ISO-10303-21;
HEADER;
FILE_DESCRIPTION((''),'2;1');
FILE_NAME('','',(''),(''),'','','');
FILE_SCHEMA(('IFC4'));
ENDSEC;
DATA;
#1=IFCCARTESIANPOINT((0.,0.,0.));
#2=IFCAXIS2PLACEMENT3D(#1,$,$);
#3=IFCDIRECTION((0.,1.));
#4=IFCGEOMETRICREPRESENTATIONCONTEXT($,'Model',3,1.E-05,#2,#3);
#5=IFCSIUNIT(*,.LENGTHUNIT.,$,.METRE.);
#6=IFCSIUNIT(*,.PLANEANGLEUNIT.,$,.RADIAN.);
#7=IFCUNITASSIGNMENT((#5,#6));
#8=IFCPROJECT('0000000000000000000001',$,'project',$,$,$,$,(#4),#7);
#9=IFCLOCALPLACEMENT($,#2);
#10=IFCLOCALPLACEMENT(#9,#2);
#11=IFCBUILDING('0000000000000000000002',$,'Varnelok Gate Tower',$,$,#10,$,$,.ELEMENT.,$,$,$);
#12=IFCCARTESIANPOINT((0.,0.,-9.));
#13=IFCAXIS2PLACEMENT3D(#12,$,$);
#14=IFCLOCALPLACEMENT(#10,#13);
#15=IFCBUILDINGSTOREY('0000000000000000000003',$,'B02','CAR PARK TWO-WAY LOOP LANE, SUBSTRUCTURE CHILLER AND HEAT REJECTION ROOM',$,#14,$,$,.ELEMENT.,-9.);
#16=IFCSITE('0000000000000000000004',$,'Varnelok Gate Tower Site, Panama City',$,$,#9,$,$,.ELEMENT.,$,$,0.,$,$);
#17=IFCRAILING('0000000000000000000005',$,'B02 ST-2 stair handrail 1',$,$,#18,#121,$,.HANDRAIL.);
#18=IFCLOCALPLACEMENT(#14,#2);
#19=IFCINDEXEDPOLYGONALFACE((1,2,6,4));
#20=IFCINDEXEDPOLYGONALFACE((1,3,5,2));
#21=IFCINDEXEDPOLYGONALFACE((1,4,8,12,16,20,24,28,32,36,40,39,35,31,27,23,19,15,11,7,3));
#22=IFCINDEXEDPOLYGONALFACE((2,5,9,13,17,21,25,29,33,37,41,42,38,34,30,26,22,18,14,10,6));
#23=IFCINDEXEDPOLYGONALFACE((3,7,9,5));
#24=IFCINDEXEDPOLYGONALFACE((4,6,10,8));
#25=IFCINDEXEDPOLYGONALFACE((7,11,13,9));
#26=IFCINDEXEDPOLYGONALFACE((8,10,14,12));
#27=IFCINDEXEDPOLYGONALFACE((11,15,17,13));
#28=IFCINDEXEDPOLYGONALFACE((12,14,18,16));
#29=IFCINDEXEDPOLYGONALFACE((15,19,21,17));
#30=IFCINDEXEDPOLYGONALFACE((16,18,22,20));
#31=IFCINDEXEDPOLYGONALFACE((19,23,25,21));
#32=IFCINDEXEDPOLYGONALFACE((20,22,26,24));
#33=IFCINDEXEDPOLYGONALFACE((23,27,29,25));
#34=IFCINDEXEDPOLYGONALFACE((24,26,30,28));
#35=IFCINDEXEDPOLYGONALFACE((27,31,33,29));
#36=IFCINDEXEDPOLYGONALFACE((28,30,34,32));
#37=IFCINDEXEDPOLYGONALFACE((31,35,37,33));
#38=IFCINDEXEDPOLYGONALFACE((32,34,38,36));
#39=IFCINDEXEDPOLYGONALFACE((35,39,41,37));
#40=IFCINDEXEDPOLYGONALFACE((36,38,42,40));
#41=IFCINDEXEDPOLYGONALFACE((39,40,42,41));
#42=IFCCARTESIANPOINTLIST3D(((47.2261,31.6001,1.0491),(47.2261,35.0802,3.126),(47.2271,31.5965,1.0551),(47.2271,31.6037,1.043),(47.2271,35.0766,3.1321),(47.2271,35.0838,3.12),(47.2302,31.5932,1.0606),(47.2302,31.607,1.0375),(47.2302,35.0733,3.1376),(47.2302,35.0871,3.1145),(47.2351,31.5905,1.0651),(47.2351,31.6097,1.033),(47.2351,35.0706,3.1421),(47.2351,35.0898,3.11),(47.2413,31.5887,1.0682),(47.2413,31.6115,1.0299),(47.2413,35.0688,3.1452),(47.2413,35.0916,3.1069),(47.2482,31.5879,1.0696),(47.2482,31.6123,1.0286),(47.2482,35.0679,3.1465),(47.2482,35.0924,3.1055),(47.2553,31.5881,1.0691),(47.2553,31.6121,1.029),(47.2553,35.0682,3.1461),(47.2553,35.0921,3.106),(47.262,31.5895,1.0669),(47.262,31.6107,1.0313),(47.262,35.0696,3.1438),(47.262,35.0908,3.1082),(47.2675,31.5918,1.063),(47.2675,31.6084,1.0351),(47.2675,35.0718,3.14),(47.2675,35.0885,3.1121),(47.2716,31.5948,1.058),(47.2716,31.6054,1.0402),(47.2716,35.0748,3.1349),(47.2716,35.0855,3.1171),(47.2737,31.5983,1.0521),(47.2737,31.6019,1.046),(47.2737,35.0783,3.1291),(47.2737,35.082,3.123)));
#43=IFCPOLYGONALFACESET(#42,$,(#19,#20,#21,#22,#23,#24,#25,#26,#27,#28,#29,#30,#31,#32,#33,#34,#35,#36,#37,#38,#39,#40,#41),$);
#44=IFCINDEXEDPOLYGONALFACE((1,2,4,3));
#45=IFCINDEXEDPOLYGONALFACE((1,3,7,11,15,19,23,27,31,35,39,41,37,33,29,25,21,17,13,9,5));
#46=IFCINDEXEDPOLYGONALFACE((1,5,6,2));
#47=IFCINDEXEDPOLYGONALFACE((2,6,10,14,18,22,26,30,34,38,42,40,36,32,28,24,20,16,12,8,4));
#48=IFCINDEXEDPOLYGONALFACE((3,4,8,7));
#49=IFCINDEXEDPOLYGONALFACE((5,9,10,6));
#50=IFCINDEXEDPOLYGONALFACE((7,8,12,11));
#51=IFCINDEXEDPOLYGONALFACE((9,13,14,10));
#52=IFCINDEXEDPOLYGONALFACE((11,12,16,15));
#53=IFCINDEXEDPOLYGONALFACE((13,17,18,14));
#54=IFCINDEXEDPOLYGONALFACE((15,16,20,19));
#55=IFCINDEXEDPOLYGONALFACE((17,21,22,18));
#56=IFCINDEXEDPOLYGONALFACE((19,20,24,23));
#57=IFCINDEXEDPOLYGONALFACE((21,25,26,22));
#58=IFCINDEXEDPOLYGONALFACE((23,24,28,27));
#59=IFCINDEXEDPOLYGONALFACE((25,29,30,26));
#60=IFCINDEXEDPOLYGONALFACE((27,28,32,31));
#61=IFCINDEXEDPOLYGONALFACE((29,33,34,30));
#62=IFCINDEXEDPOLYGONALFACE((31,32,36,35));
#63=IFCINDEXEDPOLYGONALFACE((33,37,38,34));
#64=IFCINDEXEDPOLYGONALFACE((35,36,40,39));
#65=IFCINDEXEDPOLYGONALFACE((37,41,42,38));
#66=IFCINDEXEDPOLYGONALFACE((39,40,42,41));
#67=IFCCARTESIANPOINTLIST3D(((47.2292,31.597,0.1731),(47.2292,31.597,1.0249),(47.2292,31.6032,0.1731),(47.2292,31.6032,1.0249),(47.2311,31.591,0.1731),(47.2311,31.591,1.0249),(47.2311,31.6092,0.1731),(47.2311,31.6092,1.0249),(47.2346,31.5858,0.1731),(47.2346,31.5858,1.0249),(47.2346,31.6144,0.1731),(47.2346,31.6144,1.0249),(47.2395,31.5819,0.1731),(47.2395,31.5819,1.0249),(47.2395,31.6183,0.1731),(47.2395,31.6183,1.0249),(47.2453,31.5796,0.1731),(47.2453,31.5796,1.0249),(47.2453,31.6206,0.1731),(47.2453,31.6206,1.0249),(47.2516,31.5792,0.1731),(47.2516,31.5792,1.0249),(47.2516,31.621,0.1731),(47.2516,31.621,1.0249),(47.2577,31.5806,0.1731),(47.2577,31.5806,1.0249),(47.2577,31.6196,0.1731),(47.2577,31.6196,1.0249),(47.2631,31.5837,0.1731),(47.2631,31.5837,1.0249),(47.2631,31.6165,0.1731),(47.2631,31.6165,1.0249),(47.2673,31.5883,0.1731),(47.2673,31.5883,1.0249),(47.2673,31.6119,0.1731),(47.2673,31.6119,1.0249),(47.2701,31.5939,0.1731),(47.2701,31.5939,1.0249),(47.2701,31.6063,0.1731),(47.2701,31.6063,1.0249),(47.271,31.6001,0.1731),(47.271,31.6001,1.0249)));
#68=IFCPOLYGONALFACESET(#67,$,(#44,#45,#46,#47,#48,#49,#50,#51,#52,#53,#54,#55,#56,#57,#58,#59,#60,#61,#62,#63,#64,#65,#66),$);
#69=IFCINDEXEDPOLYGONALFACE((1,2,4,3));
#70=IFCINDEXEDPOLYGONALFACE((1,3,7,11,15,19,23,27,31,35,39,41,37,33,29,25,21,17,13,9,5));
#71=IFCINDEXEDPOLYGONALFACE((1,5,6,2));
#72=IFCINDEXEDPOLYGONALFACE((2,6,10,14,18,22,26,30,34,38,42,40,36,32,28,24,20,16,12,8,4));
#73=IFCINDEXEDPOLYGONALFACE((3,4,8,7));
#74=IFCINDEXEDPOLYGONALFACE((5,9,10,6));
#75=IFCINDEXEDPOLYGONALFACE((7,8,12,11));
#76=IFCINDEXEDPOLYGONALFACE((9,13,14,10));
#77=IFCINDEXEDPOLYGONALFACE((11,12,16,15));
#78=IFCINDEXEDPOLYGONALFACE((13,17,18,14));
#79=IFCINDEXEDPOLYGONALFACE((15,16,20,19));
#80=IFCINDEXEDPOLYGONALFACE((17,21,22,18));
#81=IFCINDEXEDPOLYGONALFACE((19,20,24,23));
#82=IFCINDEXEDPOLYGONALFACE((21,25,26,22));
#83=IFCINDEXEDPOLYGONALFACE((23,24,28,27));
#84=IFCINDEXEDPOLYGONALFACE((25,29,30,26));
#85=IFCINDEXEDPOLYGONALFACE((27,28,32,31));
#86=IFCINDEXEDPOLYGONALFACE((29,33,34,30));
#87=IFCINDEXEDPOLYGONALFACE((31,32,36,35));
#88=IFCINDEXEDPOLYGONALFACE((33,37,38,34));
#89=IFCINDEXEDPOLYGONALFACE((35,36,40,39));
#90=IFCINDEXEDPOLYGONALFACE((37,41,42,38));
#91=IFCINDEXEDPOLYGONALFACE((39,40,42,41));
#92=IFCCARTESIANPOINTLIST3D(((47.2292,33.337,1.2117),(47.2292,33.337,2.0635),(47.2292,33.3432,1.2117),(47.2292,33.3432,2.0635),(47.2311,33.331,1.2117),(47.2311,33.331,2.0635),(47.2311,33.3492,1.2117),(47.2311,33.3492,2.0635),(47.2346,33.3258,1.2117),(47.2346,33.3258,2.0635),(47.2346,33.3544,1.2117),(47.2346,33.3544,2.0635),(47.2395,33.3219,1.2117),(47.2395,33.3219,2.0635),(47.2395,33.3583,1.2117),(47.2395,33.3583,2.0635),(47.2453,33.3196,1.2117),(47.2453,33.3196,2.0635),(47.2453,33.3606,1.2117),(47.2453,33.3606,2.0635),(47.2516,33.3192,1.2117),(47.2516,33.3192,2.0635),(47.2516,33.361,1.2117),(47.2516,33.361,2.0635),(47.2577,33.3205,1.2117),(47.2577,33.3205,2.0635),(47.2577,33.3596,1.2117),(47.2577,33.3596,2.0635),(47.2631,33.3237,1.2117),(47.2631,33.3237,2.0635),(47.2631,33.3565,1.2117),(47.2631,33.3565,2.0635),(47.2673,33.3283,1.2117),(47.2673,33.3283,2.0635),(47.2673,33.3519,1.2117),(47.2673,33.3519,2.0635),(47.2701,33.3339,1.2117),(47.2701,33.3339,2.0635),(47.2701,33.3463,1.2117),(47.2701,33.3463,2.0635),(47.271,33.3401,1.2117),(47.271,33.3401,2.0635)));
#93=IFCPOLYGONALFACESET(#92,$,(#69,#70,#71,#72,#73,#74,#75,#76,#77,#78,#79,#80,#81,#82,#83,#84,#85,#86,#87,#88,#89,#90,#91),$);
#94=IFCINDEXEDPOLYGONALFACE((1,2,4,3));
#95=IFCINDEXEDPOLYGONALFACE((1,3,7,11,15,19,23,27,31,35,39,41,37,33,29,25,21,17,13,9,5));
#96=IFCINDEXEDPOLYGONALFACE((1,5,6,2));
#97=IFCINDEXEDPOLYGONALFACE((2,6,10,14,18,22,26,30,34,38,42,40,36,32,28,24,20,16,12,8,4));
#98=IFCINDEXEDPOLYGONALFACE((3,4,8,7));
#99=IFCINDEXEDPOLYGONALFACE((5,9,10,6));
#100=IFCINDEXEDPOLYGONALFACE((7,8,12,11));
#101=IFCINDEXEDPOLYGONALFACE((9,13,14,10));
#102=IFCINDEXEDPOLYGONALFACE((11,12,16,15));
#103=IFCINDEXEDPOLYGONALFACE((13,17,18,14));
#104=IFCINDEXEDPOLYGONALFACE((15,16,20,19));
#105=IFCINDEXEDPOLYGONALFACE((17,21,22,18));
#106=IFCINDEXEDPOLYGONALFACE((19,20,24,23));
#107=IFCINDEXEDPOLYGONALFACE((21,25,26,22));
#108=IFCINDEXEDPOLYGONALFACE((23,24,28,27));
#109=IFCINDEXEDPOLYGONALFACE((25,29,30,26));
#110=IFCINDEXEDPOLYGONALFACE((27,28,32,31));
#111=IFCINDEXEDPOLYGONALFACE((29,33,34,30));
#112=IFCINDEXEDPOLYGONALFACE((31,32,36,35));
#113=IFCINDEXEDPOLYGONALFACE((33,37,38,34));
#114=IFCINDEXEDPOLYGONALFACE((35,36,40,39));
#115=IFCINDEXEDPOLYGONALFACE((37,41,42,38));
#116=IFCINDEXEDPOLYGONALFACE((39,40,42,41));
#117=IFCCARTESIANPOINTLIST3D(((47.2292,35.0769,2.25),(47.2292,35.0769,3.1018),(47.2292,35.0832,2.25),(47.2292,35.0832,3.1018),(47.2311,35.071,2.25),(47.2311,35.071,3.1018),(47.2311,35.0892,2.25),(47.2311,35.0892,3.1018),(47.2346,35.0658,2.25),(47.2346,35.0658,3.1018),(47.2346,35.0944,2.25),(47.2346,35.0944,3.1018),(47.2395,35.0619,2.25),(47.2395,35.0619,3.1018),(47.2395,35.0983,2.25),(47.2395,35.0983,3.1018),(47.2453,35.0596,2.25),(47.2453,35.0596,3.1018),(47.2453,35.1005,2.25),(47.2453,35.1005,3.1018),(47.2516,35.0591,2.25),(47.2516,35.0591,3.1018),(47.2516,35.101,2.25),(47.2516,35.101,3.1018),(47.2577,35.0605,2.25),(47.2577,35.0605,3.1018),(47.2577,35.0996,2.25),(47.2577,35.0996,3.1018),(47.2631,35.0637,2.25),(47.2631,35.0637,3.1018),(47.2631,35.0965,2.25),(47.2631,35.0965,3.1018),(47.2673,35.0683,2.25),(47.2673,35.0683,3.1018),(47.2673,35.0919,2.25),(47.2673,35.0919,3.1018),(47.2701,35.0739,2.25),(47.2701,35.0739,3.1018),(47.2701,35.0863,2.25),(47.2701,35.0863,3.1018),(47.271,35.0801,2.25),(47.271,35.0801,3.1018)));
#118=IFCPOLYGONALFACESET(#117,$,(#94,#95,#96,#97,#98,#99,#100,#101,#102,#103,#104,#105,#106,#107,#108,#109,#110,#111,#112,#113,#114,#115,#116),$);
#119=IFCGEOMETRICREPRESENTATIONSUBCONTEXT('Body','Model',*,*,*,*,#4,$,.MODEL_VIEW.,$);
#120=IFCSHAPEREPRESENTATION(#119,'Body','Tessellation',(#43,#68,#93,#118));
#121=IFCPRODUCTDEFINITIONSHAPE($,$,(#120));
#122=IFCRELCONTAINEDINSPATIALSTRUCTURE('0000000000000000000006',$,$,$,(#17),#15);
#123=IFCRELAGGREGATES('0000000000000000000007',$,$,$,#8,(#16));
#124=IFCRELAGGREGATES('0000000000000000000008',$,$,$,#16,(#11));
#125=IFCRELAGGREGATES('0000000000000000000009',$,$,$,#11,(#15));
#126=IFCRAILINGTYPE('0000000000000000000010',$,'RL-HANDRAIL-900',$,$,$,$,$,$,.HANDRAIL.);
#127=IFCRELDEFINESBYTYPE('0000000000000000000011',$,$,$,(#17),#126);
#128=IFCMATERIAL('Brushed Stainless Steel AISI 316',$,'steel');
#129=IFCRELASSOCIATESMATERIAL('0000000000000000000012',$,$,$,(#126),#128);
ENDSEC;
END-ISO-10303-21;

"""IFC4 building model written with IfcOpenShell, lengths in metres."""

from ifc_helpers import new_model, si_unit, direction, frame, origin, origin_2d, place, context, subcontext, project, spatial, circle, extrude, material, type_object, element, save


model = new_model("IFC4")

# Units and contexts
model_context = context("Model", 3, precision=1e-05, world=origin(), true_north=direction((0.0, 1.0)))
body_context = subcontext(model_context, "Body", "Model", "MODEL_VIEW")
ifc_project = project(units=[si_unit("LENGTHUNIT", "METRE"), si_unit("PLANEANGLEUNIT", "RADIAN")], contexts=[model_context])

# Site, building, storey
site_placement = place(None, origin())
site = spatial("IfcSite", under=ifc_project, at=site_placement, Name="Varnelok Gate Tower Site, Panama City", CompositionType="ELEMENT", RefElevation=0.0)
building_placement = place(site_placement, origin())
building = spatial("IfcBuilding", under=site, at=building_placement, Name="Varnelok Gate Tower", CompositionType="ELEMENT")
storey_placement = place(building_placement, frame((0.0, 0.0, -9.0)))
storey = spatial("IfcBuildingStorey", under=building, at=storey_placement, Name="B02", Description="CAR PARK TWO-WAY LOOP LANE, SUBSTRUCTURE CHILLER AND HEAT REJECTION ROOM", CompositionType="ELEMENT", Elevation=-9.0)

# Railing
ifc_material_1 = material(Name="Brushed Stainless Steel AISI 316", Category="steel")
railing_type_1 = type_object("IfcRailingType", Name="RL-HANDRAIL-900", PredefinedType="HANDRAIL", material=ifc_material_1)
railing_1_placement = place(storey_placement, frame((47.25, 31.6001, 0.1731)))
element("IfcRailing", 1, at=railing_1_placement, inside=storey, type_object=railing_type_1, Name="B02 ST-2 stair handrail 1", PredefinedType="HANDRAIL", context=body_context, shape_type="SweptSolid", body=[
    extrude(circle(Radius=0.0239, at=origin_2d()), frame((0.0, 0.0, 0.876), z_axis=(0.0, 0.858697, 0.512483), x_axis=(-1.0, 0.0, 0.0)), (0.0, 0.0, 1.0), 4.0527),
    extrude(circle(Radius=0.021, at=origin_2d()), origin(), (0.0, 0.0, 1.0), 0.8518),
    extrude(circle(Radius=0.021, at=origin_2d()), frame((0.0, 1.74, 1.0386)), (0.0, 0.0, 1.0), 0.8518),
    extrude(circle(Radius=0.021, at=origin_2d()), frame((0.0, 3.48, 2.0769)), (0.0, 0.0, 1.0), 0.8518),
])

save(model, "model.ifc")
